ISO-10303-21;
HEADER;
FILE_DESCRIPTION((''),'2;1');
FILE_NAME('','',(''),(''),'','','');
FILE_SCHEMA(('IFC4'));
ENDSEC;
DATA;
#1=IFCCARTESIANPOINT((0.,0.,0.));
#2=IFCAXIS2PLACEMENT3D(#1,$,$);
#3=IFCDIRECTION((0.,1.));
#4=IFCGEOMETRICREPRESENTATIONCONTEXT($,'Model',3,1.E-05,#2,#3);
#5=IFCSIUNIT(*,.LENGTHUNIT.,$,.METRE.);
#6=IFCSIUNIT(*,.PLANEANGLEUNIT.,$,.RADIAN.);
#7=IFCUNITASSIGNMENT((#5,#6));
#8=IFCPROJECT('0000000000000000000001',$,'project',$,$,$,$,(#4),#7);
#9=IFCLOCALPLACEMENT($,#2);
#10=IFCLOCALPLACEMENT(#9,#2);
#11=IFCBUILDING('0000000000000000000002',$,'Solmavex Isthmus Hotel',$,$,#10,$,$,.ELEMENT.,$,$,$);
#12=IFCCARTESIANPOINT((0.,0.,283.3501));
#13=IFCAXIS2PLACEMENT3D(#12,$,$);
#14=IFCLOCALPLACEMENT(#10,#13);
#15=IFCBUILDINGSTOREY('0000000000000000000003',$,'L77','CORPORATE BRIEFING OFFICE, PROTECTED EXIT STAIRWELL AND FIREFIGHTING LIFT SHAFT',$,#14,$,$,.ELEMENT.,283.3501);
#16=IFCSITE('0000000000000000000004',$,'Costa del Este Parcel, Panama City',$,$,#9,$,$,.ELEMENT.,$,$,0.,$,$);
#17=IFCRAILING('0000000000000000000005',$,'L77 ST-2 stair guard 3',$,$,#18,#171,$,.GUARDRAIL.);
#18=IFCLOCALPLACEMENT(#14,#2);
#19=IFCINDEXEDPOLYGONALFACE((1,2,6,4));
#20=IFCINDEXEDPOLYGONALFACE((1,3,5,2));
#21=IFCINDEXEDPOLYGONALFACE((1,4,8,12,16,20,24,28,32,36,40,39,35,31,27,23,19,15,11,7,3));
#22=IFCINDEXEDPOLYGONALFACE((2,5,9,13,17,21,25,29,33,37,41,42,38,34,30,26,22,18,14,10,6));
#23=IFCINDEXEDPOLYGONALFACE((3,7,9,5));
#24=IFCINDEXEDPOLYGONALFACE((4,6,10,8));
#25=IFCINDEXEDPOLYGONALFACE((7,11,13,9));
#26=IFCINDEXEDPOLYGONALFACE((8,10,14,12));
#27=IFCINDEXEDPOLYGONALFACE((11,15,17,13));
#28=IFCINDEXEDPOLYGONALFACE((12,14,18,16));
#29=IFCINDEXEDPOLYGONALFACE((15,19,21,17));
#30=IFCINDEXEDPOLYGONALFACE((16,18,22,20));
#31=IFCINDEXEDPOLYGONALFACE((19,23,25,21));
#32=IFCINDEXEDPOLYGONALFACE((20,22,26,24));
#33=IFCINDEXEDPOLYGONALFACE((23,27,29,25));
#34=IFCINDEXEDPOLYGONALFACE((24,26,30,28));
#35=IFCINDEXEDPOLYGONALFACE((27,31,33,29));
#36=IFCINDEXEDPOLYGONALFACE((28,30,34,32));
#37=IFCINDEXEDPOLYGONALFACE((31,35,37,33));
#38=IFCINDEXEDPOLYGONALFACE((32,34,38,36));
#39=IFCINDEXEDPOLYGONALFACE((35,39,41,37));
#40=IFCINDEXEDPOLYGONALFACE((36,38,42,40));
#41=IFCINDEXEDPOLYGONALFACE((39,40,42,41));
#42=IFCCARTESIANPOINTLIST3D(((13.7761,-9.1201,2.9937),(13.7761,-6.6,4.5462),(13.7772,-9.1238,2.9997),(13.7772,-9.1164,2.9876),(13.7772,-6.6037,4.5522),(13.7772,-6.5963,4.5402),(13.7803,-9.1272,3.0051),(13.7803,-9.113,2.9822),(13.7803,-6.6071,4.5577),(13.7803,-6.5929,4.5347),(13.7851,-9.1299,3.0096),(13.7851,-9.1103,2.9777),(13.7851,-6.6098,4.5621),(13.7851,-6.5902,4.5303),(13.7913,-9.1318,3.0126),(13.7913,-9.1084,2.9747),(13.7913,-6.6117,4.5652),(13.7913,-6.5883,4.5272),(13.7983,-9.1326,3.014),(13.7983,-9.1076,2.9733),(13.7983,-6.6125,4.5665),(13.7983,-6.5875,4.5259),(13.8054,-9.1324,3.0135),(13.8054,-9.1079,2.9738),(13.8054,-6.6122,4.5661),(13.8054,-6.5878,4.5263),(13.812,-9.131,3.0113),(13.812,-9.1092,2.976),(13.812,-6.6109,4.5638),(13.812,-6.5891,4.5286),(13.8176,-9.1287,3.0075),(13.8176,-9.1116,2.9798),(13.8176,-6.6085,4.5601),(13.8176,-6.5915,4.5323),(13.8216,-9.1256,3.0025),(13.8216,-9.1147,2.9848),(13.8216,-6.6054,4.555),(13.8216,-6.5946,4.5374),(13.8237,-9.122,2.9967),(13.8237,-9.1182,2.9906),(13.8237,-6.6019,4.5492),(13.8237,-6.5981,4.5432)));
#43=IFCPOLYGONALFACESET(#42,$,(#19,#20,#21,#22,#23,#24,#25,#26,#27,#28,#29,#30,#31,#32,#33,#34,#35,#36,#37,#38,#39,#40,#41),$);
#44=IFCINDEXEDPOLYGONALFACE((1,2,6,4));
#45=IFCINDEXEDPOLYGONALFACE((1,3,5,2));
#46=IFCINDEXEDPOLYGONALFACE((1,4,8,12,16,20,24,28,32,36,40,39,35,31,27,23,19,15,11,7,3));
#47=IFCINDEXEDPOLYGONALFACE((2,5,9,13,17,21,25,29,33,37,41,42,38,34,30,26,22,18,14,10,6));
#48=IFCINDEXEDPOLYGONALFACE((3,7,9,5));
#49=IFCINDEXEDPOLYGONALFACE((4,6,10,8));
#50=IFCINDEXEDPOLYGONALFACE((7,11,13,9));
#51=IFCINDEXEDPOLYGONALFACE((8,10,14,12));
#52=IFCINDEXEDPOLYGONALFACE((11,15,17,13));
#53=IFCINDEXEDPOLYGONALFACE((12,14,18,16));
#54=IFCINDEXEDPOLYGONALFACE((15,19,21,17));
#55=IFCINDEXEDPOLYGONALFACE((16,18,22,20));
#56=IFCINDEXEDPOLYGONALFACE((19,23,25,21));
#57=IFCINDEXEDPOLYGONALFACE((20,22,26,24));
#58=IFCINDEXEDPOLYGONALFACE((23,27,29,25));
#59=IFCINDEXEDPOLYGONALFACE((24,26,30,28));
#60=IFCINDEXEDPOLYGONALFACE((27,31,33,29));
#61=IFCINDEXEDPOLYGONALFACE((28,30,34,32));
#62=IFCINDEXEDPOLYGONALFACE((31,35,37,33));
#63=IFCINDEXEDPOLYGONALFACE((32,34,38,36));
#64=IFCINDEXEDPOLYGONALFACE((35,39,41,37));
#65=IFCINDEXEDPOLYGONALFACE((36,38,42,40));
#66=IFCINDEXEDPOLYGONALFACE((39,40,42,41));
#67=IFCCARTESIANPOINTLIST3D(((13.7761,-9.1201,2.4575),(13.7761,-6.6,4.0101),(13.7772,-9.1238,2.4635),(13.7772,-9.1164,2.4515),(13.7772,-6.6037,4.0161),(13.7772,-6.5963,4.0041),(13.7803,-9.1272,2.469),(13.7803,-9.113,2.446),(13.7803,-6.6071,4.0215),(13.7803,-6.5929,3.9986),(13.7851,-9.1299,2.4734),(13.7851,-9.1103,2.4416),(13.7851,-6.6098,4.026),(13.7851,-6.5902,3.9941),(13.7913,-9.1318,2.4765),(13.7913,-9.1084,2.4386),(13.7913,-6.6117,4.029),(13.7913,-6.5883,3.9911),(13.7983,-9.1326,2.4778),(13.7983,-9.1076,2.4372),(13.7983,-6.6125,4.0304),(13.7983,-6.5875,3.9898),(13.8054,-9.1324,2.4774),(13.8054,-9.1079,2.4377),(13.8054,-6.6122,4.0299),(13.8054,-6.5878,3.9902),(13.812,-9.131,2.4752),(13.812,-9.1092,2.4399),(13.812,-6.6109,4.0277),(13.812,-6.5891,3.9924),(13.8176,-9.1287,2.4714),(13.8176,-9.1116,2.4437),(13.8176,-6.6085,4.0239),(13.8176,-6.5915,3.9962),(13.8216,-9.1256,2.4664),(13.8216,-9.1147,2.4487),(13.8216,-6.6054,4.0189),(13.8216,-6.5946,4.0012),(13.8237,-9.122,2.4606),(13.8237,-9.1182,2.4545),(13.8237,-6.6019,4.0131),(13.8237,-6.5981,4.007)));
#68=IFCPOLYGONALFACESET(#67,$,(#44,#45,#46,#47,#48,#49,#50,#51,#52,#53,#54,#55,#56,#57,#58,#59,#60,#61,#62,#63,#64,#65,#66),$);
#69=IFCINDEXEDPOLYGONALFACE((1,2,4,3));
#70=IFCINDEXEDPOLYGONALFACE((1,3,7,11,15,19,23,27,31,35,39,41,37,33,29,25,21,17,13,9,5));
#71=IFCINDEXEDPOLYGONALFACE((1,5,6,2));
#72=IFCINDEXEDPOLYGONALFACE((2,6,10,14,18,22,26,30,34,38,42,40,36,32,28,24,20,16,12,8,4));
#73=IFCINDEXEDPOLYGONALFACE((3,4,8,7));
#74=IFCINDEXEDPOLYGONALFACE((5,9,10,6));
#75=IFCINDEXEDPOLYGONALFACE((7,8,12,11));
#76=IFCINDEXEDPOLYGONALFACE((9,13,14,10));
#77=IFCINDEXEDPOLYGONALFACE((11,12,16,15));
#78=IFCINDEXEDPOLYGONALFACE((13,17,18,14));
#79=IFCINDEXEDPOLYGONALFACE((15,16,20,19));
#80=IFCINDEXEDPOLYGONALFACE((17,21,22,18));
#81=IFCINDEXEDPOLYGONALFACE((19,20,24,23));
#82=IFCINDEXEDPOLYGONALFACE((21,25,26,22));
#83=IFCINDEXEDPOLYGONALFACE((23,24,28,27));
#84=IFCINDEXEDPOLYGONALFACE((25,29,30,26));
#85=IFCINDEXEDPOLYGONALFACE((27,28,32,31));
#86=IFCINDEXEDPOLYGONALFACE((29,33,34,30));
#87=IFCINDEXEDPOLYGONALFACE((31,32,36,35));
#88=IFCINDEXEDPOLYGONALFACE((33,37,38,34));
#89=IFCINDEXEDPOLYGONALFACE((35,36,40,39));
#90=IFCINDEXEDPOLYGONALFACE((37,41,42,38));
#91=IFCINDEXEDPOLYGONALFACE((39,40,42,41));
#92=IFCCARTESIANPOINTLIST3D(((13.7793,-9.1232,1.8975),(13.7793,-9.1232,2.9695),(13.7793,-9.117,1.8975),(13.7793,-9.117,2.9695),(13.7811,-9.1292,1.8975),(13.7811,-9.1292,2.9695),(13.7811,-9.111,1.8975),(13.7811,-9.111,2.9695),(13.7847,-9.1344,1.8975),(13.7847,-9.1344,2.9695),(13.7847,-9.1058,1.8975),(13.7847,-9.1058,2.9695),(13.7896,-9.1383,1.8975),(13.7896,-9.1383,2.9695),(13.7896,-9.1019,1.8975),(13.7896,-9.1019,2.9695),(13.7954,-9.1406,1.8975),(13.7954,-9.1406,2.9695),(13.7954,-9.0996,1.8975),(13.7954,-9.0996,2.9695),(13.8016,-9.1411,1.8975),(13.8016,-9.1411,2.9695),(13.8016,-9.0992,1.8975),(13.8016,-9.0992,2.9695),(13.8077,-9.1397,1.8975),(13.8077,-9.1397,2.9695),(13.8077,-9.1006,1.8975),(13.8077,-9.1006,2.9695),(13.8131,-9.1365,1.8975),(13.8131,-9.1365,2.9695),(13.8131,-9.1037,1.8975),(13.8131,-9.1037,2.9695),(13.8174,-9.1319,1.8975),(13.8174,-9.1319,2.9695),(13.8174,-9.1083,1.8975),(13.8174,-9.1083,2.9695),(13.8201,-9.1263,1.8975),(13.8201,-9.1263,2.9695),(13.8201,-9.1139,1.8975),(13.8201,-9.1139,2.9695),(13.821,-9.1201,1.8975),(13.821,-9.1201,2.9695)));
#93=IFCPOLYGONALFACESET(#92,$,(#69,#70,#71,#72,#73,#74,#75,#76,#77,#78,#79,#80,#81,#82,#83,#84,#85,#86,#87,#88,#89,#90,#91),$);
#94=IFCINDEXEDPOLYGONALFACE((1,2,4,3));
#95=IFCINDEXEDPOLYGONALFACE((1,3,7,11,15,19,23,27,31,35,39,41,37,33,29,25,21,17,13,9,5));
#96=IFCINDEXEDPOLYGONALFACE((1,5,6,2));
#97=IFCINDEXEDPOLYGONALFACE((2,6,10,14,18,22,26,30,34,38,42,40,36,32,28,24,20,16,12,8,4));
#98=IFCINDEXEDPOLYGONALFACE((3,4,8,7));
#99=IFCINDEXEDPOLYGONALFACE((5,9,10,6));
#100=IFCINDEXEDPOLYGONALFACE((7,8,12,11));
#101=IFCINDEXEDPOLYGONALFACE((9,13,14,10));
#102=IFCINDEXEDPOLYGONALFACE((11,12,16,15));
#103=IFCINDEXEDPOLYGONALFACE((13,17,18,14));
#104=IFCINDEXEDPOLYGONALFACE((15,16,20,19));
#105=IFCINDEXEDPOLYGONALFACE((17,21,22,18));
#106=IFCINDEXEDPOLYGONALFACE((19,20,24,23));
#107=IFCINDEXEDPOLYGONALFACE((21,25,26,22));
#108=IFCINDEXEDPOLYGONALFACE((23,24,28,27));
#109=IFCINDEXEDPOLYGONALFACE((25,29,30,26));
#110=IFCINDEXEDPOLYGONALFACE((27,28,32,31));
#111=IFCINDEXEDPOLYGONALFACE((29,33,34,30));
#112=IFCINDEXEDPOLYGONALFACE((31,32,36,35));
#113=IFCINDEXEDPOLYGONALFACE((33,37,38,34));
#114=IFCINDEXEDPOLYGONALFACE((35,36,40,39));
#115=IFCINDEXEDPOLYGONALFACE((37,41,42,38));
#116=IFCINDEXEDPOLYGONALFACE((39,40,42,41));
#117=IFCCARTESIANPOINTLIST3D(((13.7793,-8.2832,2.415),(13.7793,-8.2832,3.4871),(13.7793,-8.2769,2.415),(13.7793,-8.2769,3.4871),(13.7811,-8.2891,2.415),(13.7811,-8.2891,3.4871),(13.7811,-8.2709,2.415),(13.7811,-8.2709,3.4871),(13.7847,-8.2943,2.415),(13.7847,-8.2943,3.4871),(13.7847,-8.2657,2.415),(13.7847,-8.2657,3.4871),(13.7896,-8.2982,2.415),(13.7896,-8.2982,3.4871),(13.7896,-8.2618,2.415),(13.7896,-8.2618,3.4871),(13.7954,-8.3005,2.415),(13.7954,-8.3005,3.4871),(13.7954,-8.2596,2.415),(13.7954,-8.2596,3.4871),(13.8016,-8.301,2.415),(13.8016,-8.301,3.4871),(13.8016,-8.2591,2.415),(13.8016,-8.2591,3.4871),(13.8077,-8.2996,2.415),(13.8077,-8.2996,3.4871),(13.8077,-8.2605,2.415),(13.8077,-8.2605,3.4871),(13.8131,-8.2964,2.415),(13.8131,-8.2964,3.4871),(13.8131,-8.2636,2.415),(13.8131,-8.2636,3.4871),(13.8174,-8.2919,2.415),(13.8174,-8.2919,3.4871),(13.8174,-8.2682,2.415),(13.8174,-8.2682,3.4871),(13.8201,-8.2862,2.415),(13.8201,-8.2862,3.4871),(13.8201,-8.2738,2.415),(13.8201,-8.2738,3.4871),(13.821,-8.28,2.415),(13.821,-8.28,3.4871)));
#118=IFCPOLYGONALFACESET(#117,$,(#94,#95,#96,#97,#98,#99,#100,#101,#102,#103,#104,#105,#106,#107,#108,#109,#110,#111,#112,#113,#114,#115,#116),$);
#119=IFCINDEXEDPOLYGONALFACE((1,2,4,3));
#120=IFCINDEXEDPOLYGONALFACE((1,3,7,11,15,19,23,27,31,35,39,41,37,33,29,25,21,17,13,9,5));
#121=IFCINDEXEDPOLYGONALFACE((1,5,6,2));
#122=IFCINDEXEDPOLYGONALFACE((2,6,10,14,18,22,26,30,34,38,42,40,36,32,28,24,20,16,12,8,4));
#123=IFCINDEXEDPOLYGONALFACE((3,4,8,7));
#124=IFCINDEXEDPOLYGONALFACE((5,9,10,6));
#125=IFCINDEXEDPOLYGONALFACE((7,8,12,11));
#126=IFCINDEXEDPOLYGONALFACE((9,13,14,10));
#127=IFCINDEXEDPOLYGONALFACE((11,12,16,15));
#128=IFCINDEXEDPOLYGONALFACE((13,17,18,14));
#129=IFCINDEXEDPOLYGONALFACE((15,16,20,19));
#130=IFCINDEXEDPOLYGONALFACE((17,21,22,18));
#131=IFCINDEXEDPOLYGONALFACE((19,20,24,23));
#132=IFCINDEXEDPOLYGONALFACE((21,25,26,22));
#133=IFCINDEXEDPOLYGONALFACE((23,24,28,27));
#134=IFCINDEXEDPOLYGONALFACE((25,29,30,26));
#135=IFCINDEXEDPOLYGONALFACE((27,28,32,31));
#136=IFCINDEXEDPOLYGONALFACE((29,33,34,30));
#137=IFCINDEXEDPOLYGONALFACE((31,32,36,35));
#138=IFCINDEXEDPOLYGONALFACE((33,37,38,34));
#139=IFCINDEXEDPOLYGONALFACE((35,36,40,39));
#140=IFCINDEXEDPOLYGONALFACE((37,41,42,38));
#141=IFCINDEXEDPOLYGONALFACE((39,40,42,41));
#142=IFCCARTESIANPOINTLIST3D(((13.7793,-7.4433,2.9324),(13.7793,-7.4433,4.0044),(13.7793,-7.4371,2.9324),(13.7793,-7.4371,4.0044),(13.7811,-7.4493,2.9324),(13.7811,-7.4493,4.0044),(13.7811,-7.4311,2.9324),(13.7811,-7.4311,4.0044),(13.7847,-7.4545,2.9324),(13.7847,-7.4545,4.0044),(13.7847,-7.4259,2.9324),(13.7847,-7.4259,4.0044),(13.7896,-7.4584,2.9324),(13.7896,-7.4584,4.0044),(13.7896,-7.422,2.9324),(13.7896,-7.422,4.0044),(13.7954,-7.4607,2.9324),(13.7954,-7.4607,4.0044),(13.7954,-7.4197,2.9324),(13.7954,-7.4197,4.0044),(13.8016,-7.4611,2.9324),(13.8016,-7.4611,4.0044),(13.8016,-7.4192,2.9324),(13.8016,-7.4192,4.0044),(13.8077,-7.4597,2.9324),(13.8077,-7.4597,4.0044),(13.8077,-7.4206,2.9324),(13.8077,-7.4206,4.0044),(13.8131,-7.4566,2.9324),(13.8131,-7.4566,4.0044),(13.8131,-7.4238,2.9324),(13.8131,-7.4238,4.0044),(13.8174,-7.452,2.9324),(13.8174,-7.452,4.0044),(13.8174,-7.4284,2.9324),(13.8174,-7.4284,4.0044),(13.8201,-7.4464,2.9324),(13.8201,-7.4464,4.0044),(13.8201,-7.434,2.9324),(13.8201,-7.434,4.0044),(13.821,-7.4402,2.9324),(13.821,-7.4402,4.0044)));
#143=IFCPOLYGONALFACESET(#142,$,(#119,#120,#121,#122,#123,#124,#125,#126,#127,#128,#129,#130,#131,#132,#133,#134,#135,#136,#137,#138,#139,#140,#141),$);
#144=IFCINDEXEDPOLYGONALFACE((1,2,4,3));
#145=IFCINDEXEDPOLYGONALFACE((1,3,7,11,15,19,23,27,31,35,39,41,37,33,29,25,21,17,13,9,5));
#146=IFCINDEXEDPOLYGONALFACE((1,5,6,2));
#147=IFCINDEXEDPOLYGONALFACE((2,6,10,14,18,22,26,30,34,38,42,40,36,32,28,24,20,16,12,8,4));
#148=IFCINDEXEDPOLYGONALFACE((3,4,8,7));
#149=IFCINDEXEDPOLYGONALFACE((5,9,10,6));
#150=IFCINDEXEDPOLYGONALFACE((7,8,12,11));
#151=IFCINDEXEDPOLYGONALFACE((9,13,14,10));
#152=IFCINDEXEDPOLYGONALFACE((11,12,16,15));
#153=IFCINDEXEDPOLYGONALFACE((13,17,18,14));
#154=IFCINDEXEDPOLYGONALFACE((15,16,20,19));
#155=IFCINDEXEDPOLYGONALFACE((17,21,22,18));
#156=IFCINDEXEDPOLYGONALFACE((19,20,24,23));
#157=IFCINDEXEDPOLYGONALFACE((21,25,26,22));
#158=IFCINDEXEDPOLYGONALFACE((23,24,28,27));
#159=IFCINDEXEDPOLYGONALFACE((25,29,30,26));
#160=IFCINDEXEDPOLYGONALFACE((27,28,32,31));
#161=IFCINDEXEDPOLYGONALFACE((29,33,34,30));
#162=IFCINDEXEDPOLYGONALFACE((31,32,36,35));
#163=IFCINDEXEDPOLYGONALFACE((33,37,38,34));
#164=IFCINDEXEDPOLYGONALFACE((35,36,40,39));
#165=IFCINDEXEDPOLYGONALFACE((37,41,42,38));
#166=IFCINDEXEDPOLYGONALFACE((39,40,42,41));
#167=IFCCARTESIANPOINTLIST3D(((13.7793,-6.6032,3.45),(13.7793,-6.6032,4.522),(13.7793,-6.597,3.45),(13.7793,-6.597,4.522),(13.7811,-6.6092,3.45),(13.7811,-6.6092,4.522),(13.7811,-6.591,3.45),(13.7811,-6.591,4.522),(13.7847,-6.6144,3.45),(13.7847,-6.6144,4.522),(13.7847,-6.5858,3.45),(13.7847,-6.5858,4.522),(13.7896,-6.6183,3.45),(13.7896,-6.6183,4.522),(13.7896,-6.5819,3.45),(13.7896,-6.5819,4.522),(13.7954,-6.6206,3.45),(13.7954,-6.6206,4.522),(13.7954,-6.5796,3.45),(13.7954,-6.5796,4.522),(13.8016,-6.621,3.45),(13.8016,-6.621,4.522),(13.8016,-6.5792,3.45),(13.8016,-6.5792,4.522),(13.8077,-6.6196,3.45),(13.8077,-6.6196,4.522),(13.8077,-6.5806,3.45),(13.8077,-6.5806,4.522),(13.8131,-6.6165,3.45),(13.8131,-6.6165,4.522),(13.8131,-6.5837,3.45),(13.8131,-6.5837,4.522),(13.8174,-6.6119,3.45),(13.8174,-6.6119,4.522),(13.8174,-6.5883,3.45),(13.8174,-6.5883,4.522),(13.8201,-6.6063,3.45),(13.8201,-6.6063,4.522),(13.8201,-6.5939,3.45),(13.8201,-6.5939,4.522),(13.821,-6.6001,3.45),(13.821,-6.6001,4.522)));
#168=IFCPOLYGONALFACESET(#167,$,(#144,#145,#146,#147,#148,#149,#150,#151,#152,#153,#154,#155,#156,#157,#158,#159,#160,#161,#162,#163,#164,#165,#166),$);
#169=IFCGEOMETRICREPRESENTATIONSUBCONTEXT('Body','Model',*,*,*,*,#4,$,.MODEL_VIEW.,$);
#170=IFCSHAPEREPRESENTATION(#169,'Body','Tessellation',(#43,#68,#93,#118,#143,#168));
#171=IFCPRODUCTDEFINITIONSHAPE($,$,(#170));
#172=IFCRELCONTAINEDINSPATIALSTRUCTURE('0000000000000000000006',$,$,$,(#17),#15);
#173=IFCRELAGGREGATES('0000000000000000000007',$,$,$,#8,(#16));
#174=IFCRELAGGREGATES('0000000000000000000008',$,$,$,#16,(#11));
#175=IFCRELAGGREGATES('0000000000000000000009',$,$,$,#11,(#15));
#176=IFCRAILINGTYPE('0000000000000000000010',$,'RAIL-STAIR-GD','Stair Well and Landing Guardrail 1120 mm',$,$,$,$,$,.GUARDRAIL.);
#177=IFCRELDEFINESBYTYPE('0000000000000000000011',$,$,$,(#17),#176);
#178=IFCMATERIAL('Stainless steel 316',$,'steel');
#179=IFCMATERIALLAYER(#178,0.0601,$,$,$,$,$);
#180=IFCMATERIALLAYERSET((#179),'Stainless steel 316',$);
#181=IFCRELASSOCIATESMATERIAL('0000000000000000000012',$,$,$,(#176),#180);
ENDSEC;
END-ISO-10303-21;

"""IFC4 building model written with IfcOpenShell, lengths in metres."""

from ifc_helpers import new_model, si_unit, direction, frame, origin, origin_2d, place, context, subcontext, project, spatial, circle, extrude, material, layer, layer_set, type_object, element, save


model = new_model("IFC4")

# Units and contexts
model_context = context("Model", 3, precision=1e-05, world=origin(), true_north=direction((0.0, 1.0)))
body_context = subcontext(model_context, "Body", "Model", "MODEL_VIEW")
ifc_project = project(units=[si_unit("LENGTHUNIT", "METRE"), si_unit("PLANEANGLEUNIT", "RADIAN")], contexts=[model_context])

# Site, building, storey
site_placement = place(None, origin())
site = spatial("IfcSite", under=ifc_project, at=site_placement, Name="Costa del Este Parcel, Panama City", CompositionType="ELEMENT", RefElevation=0.0)
building_placement = place(site_placement, origin())
building = spatial("IfcBuilding", under=site, at=building_placement, Name="Solmavex Isthmus Hotel", CompositionType="ELEMENT")
storey_placement = place(building_placement, frame((0.0, 0.0, 283.3501)))
storey = spatial("IfcBuildingStorey", under=building, at=storey_placement, Name="L77", Description="CORPORATE BRIEFING OFFICE, PROTECTED EXIT STAIRWELL AND FIREFIGHTING LIFT SHAFT", CompositionType="ELEMENT", Elevation=283.3501)

# Railing
ifc_material_1 = material(Name="Stainless steel 316", Category="steel")
ifc_layer_1 = layer(ifc_material_1, 0.0601)
ifc_layer_set_1 = layer_set([ifc_layer_1], Name="Stainless steel 316")
railing_type = type_object("IfcRailingType", Name="RAIL-STAIR-GD", Description="Stair Well and Landing Guardrail 1120 mm", PredefinedType="GUARDRAIL", material=ifc_layer_set_1)
railing_1_placement = place(storey_placement, frame((13.8, -9.1201, 1.8975)))
element("IfcRailing", 1, at=railing_1_placement, inside=storey, type_object=railing_type, Name="L77 ST-2 stair guard 3", PredefinedType="GUARDRAIL", context=body_context, shape_type="SweptSolid", body=[
    extrude(circle(Radius=0.0239, at=origin_2d()), frame((0.0, 0.0, 1.0962), z_axis=(0.0, 0.8514, 0.524516), x_axis=(-1.0, 0.0, 0.0)), (0.0, 0.0, 1.0), 2.96),
    extrude(circle(Radius=0.0239, at=origin_2d()), frame((0.0, 0.0, 0.5601), z_axis=(0.0, 0.8514, 0.524516), x_axis=(-1.0, 0.0, 0.0)), (0.0, 0.0, 1.0), 2.96),
    extrude(circle(Radius=0.021, at=origin_2d()), origin(), (0.0, 0.0, 1.0), 1.072),
    extrude(circle(Radius=0.021, at=origin_2d()), frame((0.0, 0.8401, 0.5176)), (0.0, 0.0, 1.0), 1.072),
    extrude(circle(Radius=0.021, at=origin_2d()), frame((0.0, 1.6799, 1.0349)), (0.0, 0.0, 1.0), 1.072),
    extrude(circle(Radius=0.021, at=origin_2d()), frame((0.0, 2.52, 1.5525)), (0.0, 0.0, 1.0), 1.072),
])

save(model, "model.ifc")
